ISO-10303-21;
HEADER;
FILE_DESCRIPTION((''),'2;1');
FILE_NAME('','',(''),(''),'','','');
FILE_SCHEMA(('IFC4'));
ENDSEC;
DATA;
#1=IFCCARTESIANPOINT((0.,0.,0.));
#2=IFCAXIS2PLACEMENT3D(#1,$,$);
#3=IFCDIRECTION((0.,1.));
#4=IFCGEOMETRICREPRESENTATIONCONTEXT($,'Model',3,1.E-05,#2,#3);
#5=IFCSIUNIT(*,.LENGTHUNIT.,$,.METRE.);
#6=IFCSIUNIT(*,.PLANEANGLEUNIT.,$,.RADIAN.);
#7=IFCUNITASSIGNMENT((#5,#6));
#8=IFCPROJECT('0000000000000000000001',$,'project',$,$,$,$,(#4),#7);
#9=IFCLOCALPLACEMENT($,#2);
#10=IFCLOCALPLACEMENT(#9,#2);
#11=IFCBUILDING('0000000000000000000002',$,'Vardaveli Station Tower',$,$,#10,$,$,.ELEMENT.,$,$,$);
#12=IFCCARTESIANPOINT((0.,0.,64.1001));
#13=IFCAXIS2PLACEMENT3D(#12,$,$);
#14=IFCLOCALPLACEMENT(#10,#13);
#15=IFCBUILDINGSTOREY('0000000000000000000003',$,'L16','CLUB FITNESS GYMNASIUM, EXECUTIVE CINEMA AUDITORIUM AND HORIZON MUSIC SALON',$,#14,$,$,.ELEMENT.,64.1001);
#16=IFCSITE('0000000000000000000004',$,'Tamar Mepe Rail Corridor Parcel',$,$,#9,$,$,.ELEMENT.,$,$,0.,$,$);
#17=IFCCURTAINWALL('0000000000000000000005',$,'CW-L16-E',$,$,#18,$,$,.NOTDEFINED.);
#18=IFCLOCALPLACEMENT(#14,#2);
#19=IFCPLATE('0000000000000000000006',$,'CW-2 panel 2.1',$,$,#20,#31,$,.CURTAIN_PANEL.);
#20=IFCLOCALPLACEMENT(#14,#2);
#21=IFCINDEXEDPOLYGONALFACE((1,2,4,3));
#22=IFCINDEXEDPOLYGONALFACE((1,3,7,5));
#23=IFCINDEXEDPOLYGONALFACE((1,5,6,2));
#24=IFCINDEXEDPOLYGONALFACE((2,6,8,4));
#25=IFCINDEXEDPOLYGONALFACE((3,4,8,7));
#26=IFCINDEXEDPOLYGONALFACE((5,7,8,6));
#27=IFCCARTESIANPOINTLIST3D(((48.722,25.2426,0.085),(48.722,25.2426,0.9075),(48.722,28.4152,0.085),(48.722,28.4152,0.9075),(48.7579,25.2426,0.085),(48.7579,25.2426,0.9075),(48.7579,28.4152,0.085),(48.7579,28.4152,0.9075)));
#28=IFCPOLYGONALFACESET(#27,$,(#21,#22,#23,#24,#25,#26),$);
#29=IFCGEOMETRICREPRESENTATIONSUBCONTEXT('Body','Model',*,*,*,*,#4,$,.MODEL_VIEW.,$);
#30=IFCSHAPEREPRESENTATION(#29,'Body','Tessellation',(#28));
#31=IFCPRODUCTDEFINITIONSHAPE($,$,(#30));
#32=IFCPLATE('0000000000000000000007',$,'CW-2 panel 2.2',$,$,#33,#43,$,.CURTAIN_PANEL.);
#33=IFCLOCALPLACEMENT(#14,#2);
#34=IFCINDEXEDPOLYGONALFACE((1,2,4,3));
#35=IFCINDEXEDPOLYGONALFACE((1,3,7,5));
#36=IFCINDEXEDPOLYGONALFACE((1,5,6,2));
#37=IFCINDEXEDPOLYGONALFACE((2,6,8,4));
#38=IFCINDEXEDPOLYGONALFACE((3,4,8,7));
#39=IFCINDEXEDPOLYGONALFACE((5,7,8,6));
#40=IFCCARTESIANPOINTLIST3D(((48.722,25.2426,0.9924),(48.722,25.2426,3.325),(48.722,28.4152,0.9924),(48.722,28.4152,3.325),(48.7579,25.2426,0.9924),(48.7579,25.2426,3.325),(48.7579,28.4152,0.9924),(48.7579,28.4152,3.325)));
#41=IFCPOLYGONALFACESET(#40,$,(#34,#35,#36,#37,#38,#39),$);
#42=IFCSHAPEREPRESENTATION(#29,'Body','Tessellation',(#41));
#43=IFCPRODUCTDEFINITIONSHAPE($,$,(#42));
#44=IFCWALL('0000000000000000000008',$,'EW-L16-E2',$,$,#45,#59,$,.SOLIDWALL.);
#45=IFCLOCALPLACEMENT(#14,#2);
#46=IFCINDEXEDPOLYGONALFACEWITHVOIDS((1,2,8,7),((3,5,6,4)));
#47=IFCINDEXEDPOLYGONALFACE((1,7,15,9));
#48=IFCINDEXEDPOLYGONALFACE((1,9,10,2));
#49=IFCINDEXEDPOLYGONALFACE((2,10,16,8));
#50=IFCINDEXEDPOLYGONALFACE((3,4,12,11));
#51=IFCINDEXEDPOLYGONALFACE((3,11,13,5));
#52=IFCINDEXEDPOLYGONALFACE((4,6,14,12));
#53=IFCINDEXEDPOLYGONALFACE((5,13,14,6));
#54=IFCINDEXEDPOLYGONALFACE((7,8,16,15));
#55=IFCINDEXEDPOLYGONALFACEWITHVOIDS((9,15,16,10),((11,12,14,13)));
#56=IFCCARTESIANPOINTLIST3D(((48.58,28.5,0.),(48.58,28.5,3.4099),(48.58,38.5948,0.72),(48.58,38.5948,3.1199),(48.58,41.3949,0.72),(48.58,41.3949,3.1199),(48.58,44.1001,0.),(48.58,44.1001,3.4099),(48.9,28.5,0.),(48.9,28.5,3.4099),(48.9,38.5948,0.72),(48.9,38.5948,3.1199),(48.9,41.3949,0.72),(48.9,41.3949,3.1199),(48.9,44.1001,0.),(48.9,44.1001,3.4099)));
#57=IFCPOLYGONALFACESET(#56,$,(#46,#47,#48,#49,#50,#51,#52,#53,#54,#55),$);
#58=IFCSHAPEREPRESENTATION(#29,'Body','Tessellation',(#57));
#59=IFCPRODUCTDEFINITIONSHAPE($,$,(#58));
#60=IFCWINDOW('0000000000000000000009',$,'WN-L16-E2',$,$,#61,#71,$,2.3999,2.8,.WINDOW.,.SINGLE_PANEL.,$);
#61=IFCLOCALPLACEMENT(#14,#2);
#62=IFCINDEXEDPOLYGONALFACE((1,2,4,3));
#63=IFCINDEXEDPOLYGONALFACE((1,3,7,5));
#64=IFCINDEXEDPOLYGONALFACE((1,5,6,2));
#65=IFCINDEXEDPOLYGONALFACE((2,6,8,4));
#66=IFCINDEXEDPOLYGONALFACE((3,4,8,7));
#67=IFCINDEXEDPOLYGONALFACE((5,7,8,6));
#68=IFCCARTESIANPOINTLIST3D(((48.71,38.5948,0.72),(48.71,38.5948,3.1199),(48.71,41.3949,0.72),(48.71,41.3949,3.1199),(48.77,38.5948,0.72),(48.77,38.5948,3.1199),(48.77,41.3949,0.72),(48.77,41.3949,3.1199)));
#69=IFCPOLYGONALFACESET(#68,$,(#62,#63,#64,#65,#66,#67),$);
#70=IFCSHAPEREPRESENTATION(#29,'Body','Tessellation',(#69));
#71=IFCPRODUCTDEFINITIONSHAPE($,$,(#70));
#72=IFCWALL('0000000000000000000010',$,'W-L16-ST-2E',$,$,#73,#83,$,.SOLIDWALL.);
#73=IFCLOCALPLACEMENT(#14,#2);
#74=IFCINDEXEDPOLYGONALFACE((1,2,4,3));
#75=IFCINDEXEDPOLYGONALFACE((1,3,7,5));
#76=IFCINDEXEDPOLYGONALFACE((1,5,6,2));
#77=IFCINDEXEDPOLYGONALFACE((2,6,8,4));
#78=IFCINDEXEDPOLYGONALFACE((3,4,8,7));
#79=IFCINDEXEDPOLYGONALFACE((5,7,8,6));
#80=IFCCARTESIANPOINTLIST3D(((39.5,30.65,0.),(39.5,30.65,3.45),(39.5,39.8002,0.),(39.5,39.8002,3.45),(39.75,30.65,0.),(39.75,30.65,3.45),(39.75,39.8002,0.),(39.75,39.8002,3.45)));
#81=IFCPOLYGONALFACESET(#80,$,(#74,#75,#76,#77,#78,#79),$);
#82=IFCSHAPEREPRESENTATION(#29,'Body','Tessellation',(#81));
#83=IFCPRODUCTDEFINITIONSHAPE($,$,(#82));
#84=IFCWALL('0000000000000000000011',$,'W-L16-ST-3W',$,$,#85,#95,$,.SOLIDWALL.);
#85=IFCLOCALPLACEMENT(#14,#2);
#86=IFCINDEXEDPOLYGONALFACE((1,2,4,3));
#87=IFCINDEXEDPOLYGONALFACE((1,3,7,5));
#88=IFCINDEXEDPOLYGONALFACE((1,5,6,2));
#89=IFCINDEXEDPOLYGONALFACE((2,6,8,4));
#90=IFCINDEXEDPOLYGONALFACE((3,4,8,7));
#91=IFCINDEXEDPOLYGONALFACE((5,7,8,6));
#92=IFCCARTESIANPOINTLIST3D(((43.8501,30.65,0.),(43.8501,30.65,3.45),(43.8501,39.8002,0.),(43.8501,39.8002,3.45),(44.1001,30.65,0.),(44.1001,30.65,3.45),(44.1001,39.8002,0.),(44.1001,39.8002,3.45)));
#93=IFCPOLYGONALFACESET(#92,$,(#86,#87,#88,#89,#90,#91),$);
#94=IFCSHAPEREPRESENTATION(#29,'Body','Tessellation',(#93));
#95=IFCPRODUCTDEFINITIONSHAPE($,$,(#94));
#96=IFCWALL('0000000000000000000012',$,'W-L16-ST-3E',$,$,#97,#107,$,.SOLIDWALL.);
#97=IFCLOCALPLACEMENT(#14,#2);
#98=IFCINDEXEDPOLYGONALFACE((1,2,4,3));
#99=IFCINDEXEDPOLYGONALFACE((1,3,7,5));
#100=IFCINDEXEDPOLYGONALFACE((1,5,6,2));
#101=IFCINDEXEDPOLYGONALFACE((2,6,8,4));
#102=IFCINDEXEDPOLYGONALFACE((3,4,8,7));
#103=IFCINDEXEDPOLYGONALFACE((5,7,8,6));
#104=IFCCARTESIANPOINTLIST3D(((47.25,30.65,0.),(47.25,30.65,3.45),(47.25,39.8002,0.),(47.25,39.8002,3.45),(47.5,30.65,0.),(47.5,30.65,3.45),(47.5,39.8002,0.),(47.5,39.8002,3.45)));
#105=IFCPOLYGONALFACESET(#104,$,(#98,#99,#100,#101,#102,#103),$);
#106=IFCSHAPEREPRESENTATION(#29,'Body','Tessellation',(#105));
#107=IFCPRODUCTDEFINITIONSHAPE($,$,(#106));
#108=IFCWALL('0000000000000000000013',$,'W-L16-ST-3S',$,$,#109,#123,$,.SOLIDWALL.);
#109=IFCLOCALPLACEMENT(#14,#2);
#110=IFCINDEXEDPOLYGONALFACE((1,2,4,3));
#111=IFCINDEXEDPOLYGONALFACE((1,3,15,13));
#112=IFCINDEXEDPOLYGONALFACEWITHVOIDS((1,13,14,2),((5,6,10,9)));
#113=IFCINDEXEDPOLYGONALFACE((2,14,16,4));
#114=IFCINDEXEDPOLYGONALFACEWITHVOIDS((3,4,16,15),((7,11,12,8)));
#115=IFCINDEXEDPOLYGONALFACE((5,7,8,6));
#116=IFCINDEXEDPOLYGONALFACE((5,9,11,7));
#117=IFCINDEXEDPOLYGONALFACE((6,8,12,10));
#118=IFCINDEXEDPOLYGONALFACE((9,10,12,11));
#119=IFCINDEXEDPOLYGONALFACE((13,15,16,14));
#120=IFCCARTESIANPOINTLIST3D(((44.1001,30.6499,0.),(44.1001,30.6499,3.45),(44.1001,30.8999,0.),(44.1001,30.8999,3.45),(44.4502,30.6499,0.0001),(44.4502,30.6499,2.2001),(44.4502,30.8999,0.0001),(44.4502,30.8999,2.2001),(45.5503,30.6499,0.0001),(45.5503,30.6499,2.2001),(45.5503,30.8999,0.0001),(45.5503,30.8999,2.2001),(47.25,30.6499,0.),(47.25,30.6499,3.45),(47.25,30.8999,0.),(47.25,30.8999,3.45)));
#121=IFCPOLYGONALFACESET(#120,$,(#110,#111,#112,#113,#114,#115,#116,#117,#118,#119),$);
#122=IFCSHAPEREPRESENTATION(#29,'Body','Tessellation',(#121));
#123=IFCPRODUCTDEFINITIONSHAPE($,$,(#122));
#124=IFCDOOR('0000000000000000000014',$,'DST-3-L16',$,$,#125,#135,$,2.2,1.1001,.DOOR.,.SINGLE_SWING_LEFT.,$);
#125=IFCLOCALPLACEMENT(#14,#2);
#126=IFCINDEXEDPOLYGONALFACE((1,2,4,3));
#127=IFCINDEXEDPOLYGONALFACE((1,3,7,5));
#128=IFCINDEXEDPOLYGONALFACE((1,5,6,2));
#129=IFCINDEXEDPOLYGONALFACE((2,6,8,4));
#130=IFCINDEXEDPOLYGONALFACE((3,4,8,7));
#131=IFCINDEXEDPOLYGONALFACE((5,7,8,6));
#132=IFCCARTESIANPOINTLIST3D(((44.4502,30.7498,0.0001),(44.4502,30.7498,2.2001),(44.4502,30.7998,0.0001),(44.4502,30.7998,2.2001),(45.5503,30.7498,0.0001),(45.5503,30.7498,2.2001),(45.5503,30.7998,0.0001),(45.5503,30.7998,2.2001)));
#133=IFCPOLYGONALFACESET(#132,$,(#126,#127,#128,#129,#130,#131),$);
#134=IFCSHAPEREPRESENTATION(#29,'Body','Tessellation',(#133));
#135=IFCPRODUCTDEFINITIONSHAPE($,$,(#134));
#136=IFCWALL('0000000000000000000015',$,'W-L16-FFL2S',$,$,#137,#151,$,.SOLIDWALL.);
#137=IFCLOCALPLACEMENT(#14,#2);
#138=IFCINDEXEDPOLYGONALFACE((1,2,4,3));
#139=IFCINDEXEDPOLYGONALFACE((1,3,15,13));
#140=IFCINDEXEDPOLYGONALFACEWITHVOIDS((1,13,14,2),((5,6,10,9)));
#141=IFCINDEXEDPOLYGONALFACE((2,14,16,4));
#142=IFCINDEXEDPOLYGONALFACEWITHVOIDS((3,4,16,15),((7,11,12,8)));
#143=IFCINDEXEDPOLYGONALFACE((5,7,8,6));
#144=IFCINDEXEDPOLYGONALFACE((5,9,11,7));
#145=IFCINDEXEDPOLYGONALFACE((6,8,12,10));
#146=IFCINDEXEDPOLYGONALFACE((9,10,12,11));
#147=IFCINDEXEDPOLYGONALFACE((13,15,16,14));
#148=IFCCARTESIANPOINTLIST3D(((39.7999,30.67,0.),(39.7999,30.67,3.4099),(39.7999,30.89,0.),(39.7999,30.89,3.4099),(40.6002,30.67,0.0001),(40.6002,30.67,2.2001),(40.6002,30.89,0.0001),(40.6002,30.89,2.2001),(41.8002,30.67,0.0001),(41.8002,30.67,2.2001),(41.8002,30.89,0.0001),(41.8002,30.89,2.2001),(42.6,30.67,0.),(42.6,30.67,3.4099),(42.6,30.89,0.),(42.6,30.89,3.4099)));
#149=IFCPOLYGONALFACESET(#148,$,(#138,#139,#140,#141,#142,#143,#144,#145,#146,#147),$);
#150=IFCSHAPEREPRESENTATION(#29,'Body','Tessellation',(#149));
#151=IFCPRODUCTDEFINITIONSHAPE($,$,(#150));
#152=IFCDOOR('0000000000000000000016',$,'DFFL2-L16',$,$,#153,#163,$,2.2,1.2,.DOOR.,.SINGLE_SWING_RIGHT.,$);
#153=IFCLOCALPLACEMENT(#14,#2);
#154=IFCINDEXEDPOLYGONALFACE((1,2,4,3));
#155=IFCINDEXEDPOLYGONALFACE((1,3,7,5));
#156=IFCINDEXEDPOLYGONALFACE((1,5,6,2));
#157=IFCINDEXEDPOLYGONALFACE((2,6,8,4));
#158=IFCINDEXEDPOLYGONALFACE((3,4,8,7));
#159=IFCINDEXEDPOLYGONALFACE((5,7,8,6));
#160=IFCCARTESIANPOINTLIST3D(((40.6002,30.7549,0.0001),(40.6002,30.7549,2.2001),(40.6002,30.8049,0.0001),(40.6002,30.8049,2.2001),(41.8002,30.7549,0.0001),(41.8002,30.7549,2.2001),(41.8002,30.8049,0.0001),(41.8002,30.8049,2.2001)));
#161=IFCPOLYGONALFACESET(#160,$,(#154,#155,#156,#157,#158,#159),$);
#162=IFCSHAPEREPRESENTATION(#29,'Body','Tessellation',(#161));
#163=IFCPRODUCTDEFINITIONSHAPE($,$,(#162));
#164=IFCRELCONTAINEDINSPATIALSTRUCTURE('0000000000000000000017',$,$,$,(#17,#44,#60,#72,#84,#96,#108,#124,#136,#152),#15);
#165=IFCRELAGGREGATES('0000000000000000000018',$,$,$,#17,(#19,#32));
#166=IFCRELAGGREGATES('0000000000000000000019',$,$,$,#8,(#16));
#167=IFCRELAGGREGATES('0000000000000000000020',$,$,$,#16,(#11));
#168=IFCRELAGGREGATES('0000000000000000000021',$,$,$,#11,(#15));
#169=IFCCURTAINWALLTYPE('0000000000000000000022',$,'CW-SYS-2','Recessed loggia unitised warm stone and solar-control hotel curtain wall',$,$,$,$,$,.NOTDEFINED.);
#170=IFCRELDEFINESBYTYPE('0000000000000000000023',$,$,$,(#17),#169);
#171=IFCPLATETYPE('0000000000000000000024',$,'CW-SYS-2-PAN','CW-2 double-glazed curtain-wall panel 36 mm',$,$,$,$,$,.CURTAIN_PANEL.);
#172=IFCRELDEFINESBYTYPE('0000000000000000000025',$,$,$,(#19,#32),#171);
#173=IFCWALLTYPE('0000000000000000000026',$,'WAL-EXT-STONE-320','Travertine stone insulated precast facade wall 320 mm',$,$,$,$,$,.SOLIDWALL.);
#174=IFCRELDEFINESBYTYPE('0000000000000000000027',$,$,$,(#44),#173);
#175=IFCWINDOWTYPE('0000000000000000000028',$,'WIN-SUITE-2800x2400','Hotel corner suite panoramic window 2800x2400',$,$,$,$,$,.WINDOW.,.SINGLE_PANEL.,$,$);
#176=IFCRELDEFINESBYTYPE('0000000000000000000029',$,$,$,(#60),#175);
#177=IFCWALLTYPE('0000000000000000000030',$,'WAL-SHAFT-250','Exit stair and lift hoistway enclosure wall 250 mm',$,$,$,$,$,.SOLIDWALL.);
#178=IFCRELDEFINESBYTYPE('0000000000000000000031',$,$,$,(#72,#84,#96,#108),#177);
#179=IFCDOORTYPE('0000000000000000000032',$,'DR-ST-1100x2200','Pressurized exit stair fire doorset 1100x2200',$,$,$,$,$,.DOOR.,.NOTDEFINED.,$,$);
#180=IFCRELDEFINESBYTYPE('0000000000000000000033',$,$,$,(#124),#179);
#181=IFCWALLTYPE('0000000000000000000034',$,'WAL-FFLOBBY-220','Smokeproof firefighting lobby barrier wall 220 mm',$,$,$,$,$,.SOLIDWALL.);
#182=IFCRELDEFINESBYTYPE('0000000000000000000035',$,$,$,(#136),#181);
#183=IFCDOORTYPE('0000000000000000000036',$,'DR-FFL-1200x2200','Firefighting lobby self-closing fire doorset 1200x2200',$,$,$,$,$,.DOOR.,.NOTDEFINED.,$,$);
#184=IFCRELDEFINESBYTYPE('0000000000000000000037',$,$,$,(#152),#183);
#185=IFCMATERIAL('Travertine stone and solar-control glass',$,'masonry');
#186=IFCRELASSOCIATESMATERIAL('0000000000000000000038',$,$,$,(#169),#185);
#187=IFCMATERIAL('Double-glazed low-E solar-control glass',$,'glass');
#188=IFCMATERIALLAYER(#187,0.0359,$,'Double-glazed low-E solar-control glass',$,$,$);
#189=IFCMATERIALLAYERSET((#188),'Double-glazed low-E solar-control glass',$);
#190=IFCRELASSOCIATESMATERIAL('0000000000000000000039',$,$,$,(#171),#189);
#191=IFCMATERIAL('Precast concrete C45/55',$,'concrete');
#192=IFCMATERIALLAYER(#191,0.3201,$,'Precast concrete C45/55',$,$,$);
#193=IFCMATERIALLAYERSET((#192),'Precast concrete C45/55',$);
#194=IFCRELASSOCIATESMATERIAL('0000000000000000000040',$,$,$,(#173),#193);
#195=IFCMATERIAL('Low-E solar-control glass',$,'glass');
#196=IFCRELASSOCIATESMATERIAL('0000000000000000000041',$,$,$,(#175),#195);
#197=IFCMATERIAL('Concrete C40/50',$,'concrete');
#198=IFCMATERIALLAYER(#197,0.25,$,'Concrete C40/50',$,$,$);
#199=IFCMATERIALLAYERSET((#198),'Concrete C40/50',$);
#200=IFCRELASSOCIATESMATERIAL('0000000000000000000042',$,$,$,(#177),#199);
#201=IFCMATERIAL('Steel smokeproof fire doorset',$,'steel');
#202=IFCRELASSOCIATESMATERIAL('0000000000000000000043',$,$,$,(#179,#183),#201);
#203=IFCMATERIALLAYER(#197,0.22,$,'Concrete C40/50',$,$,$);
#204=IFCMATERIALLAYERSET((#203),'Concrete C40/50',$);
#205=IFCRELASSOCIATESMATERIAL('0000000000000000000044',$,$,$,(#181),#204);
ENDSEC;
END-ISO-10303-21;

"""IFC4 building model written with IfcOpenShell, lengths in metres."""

from ifc_helpers import new_model, si_unit, direction, frame, frame_2d, origin, origin_2d, place, context, subcontext, project, spatial, rectangle, extrude, source, transform, mapped, material, layer, layer_set, type_object, element, fill, aggregate, save


model = new_model("IFC4")

# Units and contexts
model_context = context("Model", 3, precision=1e-05, world=origin(), true_north=direction((0.0, 1.0)))
body_context = subcontext(model_context, "Body", "Model", "MODEL_VIEW")
ifc_project = project(units=[si_unit("LENGTHUNIT", "METRE"), si_unit("PLANEANGLEUNIT", "RADIAN")], contexts=[model_context])

# Site, building, storey
site_placement = place(None, origin())
site = spatial("IfcSite", under=ifc_project, at=site_placement, Name="Tamar Mepe Rail Corridor Parcel", CompositionType="ELEMENT", RefElevation=0.0)
building_placement = place(site_placement, origin())
building = spatial("IfcBuilding", under=site, at=building_placement, Name="Vardaveli Station Tower", CompositionType="ELEMENT")
storey_placement = place(building_placement, frame((0.0, 0.0, 64.1001)))
storey = spatial("IfcBuildingStorey", under=building, at=storey_placement, Name="L16", Description="CLUB FITNESS GYMNASIUM, EXECUTIVE CINEMA AUDITORIUM AND HORIZON MUSIC SALON", CompositionType="ELEMENT", Elevation=64.1001)

# Shared definitions
ifc_material_1 = material(Name="Precast concrete C45/55", Category="concrete")

# Curtain wall, plates
ifc_material_2 = material(Name="Travertine stone and solar-control glass", Category="masonry")
curtain_wall_type = type_object("IfcCurtainWallType", Name="CW-SYS-2", Description="Recessed loggia unitised warm stone and solar-control hotel curtain wall", PredefinedType="NOTDEFINED", material=ifc_material_2)
curtain_wall_placement = place(storey_placement, origin())
curtain_wall = element("IfcCurtainWall", 1, at=curtain_wall_placement, inside=storey, type_object=curtain_wall_type, Name="CW-L16-E", PredefinedType="NOTDEFINED")
ifc_material_3 = material(Name="Double-glazed low-E solar-control glass", Category="glass")
ifc_layer_1 = layer(ifc_material_3, 0.0359, Name="Double-glazed low-E solar-control glass")
ifc_layer_set_1 = layer_set([ifc_layer_1], Name="Double-glazed low-E solar-control glass")
plate_type = type_object("IfcPlateType", Name="CW-SYS-2-PAN", Description="CW-2 double-glazed curtain-wall panel 36 mm", PredefinedType="CURTAIN_PANEL", material=ifc_layer_set_1)
shared_shape_1 = source(origin(), body_context, "Body", "SweptSolid", [
    extrude(rectangle(XDim=3.1726, YDim=0.0359, at=origin_2d()), origin(), (0.0, 0.0, 1.0), 0.8225),
])
plate_1_placement = place(storey_placement, frame((48.74, 26.8289, 0.085), z_axis=(0.0, 0.0, 1.0), x_axis=(0.0, 1.0, 0.0)))
plate_1 = element("IfcPlate", 2, at=plate_1_placement, type_object=plate_type, Name="CW-2 panel 2.1", PredefinedType="CURTAIN_PANEL", context=body_context, shape_type="MappedRepresentation", body=[
    mapped(shared_shape_1, transform((0.0, 0.0, 0.0), scale=1.0)),
])
shared_shape_2 = source(origin(), body_context, "Body", "SweptSolid", [
    extrude(rectangle(XDim=3.1726, YDim=0.0359, at=origin_2d()), origin(), (0.0, 0.0, 1.0), 2.3325),
])
plate_2_placement = place(storey_placement, frame((48.74, 26.8289, 0.9924), z_axis=(0.0, 0.0, 1.0), x_axis=(0.0, 1.0, 0.0)))
plate_2 = element("IfcPlate", 3, at=plate_2_placement, type_object=plate_type, Name="CW-2 panel 2.2", PredefinedType="CURTAIN_PANEL", context=body_context, shape_type="MappedRepresentation", body=[
    mapped(shared_shape_2, transform((0.0, 0.0, 0.0), scale=1.0)),
])
aggregate(curtain_wall, [plate_1, plate_2])

# Wall, opening, window
ifc_layer_2 = layer(ifc_material_1, 0.3201, Name="Precast concrete C45/55")
ifc_layer_set_2 = layer_set([ifc_layer_2], Name="Precast concrete C45/55")
wall_type_1 = type_object("IfcWallType", Name="WAL-EXT-STONE-320", Description="Travertine stone insulated precast facade wall 320 mm", PredefinedType="SOLIDWALL", material=ifc_layer_set_2)
shared_shape_3 = source(origin(), body_context, "Body", "SweptSolid", [
    extrude(rectangle(XDim=15.6001, YDim=0.3201, at=frame_2d((7.8, 0.0))), origin(), (0.0, 0.0, 1.0), 3.4099),
])
wall_1_placement = place(storey_placement, frame((48.74, 28.5, 0.0), z_axis=(0.0, 0.0, 1.0), x_axis=(0.0, 1.0, 0.0)))
wall_1 = element("IfcWall", 4, at=wall_1_placement, inside=storey, type_object=wall_type_1, Name="EW-L16-E2", PredefinedType="SOLIDWALL", context=body_context, shape_type="MappedRepresentation", body=[
    mapped(shared_shape_3, transform((0.0, 0.0, 0.0), scale=1.0)),
])
shared_shape_4 = source(origin(), body_context, "Body", "SweptSolid", [
    extrude(rectangle(XDim=2.8, YDim=2.3999, at=frame_2d((1.3999, 1.2))), frame((0.0, 0.1699, 0.0), z_axis=(0.0, -1.0, 0.0), x_axis=(1.0, 0.0, 0.0)), (0.0, 0.0, 1.0), 0.3401),
])
opening_1_placement = place(wall_1_placement, frame((10.095, 0.0, 0.72)))
opening_1 = element("IfcOpeningElement", 5, at=opening_1_placement, cuts=wall_1, PredefinedType="OPENING", context=body_context, shape_type="MappedRepresentation", body=[
    mapped(shared_shape_4, transform((0.0, 0.0, 0.0), scale=1.0)),
])
ifc_material_4 = material(Name="Low-E solar-control glass", Category="glass")
window_type = type_object("IfcWindowType", Name="WIN-SUITE-2800x2400", Description="Hotel corner suite panoramic window 2800x2400", PartitioningType="SINGLE_PANEL", PredefinedType="WINDOW", material=ifc_material_4)
shared_shape_5 = source(origin(), body_context, "Body", "SweptSolid", [
    extrude(rectangle(XDim=2.8, YDim=2.3999, at=frame_2d((1.3999, 1.2))), frame((0.0, 0.03, 0.0), z_axis=(0.0, -1.0, 0.0), x_axis=(1.0, 0.0, 0.0)), (0.0, 0.0, 1.0), 0.0601),
])
window_placement = place(opening_1_placement, origin())
window = element("IfcWindow", 6, at=window_placement, inside=storey, type_object=window_type, Name="WN-L16-E2", OverallHeight=2.3999, OverallWidth=2.8, PartitioningType="SINGLE_PANEL", PredefinedType="WINDOW", context=body_context, shape_type="MappedRepresentation", body=[
    mapped(shared_shape_5, transform((0.0, 0.0, 0.0), scale=1.0)),
])
fill(opening_1, window)

# Walls
ifc_material_5 = material(Name="Concrete C40/50", Category="concrete")
ifc_layer_3 = layer(ifc_material_5, 0.25, Name="Concrete C40/50")
ifc_layer_set_3 = layer_set([ifc_layer_3], Name="Concrete C40/50")
wall_type_2 = type_object("IfcWallType", Name="WAL-SHAFT-250", Description="Exit stair and lift hoistway enclosure wall 250 mm", PredefinedType="SOLIDWALL", material=ifc_layer_set_3)
shared_shape_6 = source(origin(), body_context, "Body", "SweptSolid", [
    extrude(rectangle(XDim=9.1501, YDim=0.25, at=frame_2d((4.5752, 0.0))), origin(), (0.0, 0.0, 1.0), 3.45),
])
for number, where, z_axis, x_axis, name in (
    (7, (39.625, 30.6499, 0.0), (0.0, 0.0, 1.0), (0.0, 1.0, 0.0), "W-L16-ST-2E"),
    (8, (43.9751, 30.6499, 0.0), (0.0, 0.0, 1.0), (0.0, 1.0, 0.0), "W-L16-ST-3W"),
    (9, (47.375, 30.6499, 0.0), (0.0, 0.0, 1.0), (0.0, 1.0, 0.0), "W-L16-ST-3E"),
):
    element("IfcWall", number, at=place(storey_placement, frame(where, z_axis=z_axis, x_axis=x_axis)), inside=storey, type_object=wall_type_2, Name=name, PredefinedType="SOLIDWALL", context=body_context, shape_type="MappedRepresentation", body=[
        mapped(shared_shape_6, transform((0.0, 0.0, 0.0), scale=1.0)),
    ])

# Walls, openings, doors
shared_shape_7 = source(origin(), body_context, "Body", "SweptSolid", [
    extrude(rectangle(XDim=3.1499, YDim=0.25, at=frame_2d((1.575, 0.0))), origin(), (0.0, 0.0, 1.0), 3.45),
])
wall_2_placement = place(storey_placement, frame((44.1001, 30.7749, 0.0), z_axis=(0.0, 0.0, 1.0), x_axis=(1.0, 0.0, 0.0)))
wall_2 = element("IfcWall", 10, at=wall_2_placement, inside=storey, type_object=wall_type_2, Name="W-L16-ST-3S", PredefinedType="SOLIDWALL", context=body_context, shape_type="MappedRepresentation", body=[
    mapped(shared_shape_7, transform((0.0, 0.0, 0.0), scale=1.0)),
])
shared_shape_8 = source(origin(), body_context, "Body", "SweptSolid", [
    extrude(rectangle(XDim=1.1001, YDim=2.2, at=frame_2d((0.55, 1.1001))), frame((0.0, 0.135, 0.0), z_axis=(0.0, -1.0, 0.0), x_axis=(1.0, 0.0, 0.0)), (0.0, 0.0, 1.0), 0.27),
])
opening_2_placement = place(wall_2_placement, frame((0.3501, 0.0, 0.0)))
opening_2 = element("IfcOpeningElement", 11, at=opening_2_placement, cuts=wall_2, PredefinedType="OPENING", context=body_context, shape_type="MappedRepresentation", body=[
    mapped(shared_shape_8, transform((0.0, 0.0, 0.0), scale=1.0)),
])
ifc_material_6 = material(Name="Steel smokeproof fire doorset", Category="steel")
door_type_1 = type_object("IfcDoorType", Name="DR-ST-1100x2200", Description="Pressurized exit stair fire doorset 1100x2200", OperationType="NOTDEFINED", PredefinedType="DOOR", material=ifc_material_6)
shared_shape_9 = source(origin(), body_context, "Body", "SweptSolid", [
    extrude(rectangle(XDim=1.1001, YDim=2.2, at=frame_2d((0.55, 1.1001))), frame((0.0, 0.0249, 0.0), z_axis=(0.0, -1.0, 0.0), x_axis=(1.0, 0.0, 0.0)), (0.0, 0.0, 1.0), 0.05),
])
door_1_placement = place(opening_2_placement, origin())
door_1 = element("IfcDoor", 12, at=door_1_placement, inside=storey, type_object=door_type_1, Name="DST-3-L16", OperationType="SINGLE_SWING_LEFT", OverallHeight=2.2, OverallWidth=1.1001, PredefinedType="DOOR", context=body_context, shape_type="MappedRepresentation", body=[
    mapped(shared_shape_9, transform((0.0, 0.0, 0.0), scale=1.0)),
])
fill(opening_2, door_1)
ifc_layer_4 = layer(ifc_material_5, 0.22, Name="Concrete C40/50")
ifc_layer_set_4 = layer_set([ifc_layer_4], Name="Concrete C40/50")
wall_type_3 = type_object("IfcWallType", Name="WAL-FFLOBBY-220", Description="Smokeproof firefighting lobby barrier wall 220 mm", PredefinedType="SOLIDWALL", material=ifc_layer_set_4)
shared_shape_10 = source(origin(), body_context, "Body", "SweptSolid", [
    extrude(rectangle(XDim=2.8, YDim=0.22, at=frame_2d((1.3999, 0.0))), origin(), (0.0, 0.0, 1.0), 3.4099),
])
wall_3_placement = place(storey_placement, frame((39.8, 30.78, 0.0), z_axis=(0.0, 0.0, 1.0), x_axis=(1.0, 0.0, 0.0)))
wall_3 = element("IfcWall", 13, at=wall_3_placement, inside=storey, type_object=wall_type_3, Name="W-L16-FFL2S", PredefinedType="SOLIDWALL", context=body_context, shape_type="MappedRepresentation", body=[
    mapped(shared_shape_10, transform((0.0, 0.0, 0.0), scale=1.0)),
])
shared_shape_11 = source(origin(), body_context, "Body", "SweptSolid", [
    extrude(rectangle(XDim=1.2, YDim=2.2, at=frame_2d((0.6001, 1.1001))), frame((0.0, 0.1201, 0.0), z_axis=(0.0, -1.0, 0.0), x_axis=(1.0, 0.0, 0.0)), (0.0, 0.0, 1.0), 0.24),
])
opening_3_placement = place(wall_3_placement, frame((0.8, 0.0, 0.0)))
opening_3 = element("IfcOpeningElement", 14, at=opening_3_placement, cuts=wall_3, PredefinedType="OPENING", context=body_context, shape_type="MappedRepresentation", body=[
    mapped(shared_shape_11, transform((0.0, 0.0, 0.0), scale=1.0)),
])
door_type_2 = type_object("IfcDoorType", Name="DR-FFL-1200x2200", Description="Firefighting lobby self-closing fire doorset 1200x2200", OperationType="NOTDEFINED", PredefinedType="DOOR", material=ifc_material_6)
shared_shape_12 = source(origin(), body_context, "Body", "SweptSolid", [
    extrude(rectangle(XDim=1.2, YDim=2.2, at=frame_2d((0.6001, 1.1001))), frame((0.0, 0.0249, 0.0), z_axis=(0.0, -1.0, 0.0), x_axis=(1.0, 0.0, 0.0)), (0.0, 0.0, 1.0), 0.05),
])
door_2_placement = place(opening_3_placement, origin())
door_2 = element("IfcDoor", 15, at=door_2_placement, inside=storey, type_object=door_type_2, Name="DFFL2-L16", OperationType="SINGLE_SWING_RIGHT", OverallHeight=2.2, OverallWidth=1.2, PredefinedType="DOOR", context=body_context, shape_type="MappedRepresentation", body=[
    mapped(shared_shape_12, transform((0.0, 0.0, 0.0), scale=1.0)),
])
fill(opening_3, door_2)

save(model, "model.ifc")
